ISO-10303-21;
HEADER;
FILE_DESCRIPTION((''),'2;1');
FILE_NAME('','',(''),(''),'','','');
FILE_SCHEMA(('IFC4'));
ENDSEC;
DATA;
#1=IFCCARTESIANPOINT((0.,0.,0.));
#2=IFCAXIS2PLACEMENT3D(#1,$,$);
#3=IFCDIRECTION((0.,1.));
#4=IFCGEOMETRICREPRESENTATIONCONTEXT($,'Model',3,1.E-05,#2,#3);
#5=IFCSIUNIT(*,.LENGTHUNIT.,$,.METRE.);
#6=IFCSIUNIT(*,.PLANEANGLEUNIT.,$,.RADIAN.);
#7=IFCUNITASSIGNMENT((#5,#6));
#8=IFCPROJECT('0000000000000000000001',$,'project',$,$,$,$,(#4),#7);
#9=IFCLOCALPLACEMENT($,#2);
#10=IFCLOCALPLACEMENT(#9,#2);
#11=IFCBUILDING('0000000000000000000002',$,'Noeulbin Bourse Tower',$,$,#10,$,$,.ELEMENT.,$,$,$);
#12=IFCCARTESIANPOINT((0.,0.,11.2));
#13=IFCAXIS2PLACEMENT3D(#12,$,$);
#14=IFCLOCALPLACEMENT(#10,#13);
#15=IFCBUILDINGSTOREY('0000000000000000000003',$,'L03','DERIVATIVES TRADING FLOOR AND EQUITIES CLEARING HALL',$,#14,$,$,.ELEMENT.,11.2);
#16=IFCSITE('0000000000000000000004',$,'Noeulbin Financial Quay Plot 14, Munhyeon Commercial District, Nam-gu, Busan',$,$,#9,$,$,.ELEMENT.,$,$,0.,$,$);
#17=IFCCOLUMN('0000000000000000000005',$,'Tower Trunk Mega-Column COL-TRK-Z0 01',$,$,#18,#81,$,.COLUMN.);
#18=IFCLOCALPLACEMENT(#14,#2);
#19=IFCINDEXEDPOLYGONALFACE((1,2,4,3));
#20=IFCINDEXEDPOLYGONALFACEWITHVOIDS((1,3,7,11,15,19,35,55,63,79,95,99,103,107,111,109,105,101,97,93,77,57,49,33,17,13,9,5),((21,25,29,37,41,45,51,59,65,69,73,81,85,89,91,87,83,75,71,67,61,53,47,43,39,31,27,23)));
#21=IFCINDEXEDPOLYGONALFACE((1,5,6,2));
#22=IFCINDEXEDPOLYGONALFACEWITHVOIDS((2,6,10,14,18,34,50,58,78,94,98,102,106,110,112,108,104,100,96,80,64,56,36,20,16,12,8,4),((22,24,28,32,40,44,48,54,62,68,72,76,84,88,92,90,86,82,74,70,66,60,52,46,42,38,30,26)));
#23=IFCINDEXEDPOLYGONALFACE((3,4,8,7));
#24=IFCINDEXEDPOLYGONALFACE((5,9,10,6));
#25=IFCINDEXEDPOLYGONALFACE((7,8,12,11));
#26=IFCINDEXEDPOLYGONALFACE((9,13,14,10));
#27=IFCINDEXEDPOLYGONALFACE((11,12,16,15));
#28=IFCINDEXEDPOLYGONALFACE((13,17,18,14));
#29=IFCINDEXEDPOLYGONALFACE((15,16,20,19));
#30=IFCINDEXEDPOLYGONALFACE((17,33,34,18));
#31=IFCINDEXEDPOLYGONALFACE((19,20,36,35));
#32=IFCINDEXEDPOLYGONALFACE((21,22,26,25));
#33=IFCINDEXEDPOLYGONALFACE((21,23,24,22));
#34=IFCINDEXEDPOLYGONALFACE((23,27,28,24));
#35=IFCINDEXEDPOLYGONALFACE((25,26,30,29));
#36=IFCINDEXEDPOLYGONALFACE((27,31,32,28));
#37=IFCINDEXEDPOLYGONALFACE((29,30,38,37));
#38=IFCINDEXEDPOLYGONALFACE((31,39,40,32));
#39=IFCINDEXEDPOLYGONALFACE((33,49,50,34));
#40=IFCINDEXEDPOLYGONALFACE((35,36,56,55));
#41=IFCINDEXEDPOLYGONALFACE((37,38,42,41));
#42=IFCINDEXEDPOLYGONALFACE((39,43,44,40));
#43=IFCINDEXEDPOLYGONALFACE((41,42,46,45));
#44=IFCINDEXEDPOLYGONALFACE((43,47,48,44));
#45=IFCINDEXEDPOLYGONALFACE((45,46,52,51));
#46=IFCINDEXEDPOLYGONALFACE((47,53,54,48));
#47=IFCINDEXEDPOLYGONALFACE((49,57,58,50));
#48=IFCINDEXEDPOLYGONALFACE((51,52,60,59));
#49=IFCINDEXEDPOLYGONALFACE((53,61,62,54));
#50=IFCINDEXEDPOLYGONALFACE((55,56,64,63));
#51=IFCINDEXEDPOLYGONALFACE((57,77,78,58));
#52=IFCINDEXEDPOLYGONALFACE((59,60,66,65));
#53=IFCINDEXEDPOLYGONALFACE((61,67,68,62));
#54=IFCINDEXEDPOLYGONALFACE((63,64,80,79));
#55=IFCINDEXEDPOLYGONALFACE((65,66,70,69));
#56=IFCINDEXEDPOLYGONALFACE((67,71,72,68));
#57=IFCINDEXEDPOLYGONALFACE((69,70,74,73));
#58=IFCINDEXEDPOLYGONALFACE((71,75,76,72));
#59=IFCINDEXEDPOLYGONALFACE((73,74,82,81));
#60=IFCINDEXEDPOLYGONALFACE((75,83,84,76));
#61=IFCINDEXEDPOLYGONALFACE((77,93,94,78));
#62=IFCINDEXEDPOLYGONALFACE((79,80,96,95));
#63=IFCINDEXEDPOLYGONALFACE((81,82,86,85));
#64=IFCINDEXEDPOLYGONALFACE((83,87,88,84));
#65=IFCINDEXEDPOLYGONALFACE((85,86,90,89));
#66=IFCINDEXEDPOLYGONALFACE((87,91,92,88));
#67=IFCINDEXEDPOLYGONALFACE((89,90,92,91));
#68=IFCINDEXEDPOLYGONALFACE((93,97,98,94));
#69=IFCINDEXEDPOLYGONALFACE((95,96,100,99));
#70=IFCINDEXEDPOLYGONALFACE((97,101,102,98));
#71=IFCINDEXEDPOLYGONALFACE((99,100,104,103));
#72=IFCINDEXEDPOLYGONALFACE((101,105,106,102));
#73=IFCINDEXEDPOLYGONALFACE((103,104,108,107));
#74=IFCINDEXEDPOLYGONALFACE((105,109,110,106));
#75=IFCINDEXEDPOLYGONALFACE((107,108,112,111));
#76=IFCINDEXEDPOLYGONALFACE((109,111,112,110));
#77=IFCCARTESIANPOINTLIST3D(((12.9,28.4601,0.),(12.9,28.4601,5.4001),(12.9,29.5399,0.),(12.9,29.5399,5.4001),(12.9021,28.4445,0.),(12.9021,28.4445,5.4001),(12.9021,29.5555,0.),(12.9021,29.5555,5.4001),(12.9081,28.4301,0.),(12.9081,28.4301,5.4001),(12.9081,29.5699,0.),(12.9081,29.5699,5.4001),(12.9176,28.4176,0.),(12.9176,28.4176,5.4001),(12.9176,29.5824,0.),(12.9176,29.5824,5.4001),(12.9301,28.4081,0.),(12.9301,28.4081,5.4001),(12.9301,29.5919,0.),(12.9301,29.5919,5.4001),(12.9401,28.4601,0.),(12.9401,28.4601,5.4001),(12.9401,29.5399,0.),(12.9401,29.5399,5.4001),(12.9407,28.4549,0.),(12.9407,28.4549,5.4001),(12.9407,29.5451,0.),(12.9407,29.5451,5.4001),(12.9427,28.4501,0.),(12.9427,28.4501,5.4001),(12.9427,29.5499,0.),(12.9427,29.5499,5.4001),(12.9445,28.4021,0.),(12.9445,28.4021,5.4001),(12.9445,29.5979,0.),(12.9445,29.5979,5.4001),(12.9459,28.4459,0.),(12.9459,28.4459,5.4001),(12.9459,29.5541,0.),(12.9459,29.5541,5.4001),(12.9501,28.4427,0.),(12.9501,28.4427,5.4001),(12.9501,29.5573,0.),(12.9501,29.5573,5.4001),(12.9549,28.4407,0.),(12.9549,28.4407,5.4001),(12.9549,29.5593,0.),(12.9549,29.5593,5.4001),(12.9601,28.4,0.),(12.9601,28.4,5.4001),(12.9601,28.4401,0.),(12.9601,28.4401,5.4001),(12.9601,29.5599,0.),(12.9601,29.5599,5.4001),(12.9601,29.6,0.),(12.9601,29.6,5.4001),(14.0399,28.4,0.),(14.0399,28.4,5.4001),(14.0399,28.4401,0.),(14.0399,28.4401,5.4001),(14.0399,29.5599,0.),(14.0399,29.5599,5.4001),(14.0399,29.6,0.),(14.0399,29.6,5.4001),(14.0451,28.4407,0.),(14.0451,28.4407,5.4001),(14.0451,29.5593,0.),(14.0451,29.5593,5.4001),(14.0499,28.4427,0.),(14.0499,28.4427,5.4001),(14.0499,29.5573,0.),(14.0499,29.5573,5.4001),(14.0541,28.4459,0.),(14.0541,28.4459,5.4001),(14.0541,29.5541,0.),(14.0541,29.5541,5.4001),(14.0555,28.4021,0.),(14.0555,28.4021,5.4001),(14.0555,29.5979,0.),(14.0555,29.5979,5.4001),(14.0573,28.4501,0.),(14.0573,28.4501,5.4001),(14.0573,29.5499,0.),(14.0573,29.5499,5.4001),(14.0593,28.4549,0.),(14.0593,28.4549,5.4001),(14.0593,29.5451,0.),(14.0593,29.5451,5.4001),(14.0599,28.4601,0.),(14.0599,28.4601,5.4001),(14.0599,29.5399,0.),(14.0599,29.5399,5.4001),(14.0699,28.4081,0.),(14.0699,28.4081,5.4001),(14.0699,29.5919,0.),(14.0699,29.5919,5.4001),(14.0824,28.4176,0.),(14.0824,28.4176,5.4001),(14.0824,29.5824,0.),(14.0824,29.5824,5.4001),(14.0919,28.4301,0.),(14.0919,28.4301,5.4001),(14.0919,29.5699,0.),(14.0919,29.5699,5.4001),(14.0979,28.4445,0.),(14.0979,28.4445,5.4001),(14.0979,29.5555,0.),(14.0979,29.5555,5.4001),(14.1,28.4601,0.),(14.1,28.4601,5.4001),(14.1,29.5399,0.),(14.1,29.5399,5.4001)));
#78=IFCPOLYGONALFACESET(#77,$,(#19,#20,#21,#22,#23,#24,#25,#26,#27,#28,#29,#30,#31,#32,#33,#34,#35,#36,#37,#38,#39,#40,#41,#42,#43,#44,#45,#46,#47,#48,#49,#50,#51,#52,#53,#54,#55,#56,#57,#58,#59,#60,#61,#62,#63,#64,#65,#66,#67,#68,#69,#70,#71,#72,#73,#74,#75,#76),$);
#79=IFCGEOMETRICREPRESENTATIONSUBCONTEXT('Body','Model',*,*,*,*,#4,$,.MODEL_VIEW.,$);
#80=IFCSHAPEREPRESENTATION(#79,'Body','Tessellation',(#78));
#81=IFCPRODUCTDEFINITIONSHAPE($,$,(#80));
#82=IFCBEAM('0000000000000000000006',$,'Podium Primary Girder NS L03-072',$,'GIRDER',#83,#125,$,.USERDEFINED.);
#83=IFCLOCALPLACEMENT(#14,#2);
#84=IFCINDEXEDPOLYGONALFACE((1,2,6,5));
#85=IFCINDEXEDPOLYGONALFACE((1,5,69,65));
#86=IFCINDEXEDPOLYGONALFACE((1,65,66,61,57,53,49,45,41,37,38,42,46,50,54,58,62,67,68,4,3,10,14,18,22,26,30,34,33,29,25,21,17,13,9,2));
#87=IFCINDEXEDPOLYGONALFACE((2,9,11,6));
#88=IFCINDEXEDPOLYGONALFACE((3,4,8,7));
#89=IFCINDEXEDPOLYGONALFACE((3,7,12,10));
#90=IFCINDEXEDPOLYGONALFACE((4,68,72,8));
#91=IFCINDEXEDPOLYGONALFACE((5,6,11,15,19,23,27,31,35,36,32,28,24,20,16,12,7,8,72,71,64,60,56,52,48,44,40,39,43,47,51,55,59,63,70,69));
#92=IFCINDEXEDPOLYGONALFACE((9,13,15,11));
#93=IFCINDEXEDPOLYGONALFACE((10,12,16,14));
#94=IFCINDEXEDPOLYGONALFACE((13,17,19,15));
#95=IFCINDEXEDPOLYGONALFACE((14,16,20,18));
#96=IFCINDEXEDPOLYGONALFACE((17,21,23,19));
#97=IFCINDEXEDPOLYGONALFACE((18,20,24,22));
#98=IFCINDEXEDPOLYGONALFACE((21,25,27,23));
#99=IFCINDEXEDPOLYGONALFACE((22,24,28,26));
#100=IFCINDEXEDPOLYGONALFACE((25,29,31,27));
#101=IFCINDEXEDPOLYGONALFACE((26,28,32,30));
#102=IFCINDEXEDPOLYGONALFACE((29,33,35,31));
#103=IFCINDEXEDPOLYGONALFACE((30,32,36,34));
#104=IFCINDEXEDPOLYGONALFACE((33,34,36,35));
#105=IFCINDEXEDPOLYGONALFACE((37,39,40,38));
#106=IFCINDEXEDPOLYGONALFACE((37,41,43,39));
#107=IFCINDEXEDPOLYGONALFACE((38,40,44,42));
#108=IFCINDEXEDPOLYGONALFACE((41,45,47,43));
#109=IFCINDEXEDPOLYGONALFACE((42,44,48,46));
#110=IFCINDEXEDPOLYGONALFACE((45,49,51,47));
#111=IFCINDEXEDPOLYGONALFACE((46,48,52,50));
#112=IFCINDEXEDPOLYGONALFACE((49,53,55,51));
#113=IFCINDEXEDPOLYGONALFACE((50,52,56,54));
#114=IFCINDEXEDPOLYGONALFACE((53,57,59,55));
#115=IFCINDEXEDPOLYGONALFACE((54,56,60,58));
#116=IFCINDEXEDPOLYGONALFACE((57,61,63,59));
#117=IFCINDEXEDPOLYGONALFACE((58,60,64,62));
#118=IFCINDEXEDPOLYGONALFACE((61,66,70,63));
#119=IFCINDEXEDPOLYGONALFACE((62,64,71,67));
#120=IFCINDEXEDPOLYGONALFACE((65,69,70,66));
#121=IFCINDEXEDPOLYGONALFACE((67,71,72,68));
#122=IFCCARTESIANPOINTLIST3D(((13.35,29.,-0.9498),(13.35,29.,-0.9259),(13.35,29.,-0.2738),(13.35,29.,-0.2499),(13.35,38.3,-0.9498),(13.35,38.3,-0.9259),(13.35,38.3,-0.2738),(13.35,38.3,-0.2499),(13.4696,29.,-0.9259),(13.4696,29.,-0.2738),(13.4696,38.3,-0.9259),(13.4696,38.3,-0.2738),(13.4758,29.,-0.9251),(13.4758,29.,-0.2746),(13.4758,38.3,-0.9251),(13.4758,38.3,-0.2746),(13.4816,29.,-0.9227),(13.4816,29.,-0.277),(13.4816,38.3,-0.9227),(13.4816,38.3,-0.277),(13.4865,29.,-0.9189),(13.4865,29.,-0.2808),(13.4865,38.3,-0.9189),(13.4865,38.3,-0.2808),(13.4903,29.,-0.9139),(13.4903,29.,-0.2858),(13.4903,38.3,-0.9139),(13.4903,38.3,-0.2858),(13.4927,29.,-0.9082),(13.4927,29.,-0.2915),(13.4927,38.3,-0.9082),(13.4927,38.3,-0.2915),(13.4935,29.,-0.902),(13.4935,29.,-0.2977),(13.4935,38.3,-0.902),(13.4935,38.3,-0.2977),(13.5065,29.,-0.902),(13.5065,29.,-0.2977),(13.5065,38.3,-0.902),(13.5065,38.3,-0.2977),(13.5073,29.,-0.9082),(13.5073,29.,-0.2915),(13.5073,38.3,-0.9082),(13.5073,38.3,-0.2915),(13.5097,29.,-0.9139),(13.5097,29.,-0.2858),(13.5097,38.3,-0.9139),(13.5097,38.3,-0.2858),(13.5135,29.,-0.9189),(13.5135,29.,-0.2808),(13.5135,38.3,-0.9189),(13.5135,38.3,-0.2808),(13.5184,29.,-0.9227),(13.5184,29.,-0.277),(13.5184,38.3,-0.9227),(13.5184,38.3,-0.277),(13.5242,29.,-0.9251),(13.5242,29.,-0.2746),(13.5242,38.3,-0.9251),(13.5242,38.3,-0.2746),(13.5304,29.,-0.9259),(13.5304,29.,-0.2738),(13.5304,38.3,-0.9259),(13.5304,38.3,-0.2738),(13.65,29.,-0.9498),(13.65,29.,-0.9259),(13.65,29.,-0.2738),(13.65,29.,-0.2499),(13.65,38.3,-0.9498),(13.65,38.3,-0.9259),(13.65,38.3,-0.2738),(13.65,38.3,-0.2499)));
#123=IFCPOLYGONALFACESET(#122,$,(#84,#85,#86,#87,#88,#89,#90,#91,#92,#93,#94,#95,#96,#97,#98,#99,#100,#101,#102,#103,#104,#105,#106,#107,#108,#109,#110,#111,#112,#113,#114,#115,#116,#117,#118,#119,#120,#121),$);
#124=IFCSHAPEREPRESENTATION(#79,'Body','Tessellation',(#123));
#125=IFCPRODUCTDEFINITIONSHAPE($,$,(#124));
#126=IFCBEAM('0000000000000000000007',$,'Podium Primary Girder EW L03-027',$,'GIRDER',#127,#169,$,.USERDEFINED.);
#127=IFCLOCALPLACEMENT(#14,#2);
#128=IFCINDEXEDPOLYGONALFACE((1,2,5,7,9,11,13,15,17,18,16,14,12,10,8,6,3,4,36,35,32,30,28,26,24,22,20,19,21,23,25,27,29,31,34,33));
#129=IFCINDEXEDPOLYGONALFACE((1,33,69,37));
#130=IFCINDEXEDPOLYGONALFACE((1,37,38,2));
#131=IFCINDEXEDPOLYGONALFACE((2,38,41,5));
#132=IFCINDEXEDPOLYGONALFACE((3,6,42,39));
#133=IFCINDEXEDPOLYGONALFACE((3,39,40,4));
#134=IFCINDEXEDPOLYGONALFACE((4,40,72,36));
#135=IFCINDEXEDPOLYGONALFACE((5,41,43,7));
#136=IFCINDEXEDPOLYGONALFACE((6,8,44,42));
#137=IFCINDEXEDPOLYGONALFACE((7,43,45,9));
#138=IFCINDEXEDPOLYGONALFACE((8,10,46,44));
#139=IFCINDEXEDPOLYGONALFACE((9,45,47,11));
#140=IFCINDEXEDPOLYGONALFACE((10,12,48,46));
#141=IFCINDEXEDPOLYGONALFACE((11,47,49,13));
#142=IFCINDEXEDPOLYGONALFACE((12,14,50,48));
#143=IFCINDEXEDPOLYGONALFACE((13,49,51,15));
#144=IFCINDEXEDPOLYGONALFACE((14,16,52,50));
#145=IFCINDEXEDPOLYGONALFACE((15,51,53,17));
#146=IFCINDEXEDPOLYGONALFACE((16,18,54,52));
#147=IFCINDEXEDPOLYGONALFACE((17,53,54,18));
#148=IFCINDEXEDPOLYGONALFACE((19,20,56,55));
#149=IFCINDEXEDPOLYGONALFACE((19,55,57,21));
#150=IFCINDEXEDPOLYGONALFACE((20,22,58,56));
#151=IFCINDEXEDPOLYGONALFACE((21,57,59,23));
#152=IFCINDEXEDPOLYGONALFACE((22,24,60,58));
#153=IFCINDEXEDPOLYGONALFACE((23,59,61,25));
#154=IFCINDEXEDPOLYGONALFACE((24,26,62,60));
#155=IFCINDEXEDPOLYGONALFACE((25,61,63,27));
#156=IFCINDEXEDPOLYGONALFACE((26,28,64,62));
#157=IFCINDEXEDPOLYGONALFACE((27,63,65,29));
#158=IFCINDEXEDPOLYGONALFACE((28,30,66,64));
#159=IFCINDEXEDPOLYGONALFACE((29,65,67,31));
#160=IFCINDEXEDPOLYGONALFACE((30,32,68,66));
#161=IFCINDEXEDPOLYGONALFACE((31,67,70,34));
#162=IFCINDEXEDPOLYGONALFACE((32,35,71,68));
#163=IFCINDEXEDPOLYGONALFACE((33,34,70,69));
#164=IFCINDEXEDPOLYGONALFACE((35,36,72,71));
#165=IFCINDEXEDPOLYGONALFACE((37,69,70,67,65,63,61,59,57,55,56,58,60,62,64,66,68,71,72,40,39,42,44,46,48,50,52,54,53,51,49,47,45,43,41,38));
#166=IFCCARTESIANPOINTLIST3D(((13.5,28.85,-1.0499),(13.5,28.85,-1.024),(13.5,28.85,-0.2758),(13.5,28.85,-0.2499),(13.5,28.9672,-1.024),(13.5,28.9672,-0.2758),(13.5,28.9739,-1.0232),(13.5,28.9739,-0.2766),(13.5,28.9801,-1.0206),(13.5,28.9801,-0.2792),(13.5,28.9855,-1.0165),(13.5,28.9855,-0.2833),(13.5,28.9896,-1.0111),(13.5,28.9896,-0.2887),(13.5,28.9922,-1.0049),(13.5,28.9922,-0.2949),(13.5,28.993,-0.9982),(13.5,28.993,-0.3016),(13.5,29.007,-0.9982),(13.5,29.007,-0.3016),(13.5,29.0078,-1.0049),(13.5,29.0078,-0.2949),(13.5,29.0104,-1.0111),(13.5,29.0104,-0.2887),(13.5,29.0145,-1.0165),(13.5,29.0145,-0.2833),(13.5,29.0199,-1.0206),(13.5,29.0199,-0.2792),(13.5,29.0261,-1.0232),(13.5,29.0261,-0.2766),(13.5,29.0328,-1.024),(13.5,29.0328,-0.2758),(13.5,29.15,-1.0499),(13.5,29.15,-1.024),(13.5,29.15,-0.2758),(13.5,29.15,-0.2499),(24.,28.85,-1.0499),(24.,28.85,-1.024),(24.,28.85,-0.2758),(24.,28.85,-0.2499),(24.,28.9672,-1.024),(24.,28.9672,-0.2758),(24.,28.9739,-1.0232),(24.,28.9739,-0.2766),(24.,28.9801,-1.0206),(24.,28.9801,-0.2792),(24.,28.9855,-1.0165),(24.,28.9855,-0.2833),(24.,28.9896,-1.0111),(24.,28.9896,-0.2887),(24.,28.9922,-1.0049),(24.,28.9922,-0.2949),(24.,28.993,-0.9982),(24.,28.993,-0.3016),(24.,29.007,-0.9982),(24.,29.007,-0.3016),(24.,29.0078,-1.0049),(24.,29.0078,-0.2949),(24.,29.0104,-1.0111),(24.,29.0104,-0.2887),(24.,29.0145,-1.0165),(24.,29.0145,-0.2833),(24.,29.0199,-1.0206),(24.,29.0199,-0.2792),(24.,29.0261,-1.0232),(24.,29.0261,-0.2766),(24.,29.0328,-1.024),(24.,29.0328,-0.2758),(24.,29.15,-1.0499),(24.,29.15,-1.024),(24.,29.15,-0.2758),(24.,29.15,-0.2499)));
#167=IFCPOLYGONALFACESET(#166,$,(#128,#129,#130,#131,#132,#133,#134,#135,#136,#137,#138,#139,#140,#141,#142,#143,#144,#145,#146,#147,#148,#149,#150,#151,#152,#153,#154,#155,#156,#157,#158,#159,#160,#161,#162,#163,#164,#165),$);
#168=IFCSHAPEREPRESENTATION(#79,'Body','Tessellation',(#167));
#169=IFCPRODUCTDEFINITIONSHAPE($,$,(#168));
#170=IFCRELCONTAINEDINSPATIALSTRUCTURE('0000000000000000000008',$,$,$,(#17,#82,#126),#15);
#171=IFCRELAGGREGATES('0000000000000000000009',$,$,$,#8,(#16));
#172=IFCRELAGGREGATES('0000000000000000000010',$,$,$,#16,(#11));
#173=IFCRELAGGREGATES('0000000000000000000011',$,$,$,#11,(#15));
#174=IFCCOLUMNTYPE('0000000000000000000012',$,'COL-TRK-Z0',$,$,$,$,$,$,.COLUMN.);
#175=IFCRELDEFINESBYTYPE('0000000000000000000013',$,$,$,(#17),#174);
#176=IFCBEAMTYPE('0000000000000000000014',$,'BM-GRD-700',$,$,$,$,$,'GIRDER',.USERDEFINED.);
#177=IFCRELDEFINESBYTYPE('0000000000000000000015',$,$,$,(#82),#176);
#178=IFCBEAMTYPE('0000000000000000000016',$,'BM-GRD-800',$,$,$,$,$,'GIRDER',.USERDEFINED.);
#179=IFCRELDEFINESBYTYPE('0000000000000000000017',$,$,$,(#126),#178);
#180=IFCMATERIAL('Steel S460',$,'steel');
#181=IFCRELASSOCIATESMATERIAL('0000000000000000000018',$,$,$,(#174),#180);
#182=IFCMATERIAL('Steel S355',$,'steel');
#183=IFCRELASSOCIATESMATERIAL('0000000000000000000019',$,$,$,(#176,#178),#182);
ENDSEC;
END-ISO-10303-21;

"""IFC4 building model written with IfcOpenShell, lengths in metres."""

from ifc_helpers import new_model, si_unit, direction, frame, origin, origin_2d, place, context, subcontext, project, spatial, hollow_rectangle, i_section, extrude, material, material_profile, profile_set, type_object, element, save


model = new_model("IFC4")

# Units and contexts
model_context = context("Model", 3, precision=1e-05, world=origin(), true_north=direction((0.0, 1.0)))
body_context = subcontext(model_context, "Body", "Model", "MODEL_VIEW")
ifc_project = project(units=[si_unit("LENGTHUNIT", "METRE"), si_unit("PLANEANGLEUNIT", "RADIAN")], contexts=[model_context])

# Site, building, storey
site_placement = place(None, origin())
site = spatial("IfcSite", under=ifc_project, at=site_placement, Name="Noeulbin Financial Quay Plot 14, Munhyeon Commercial District, Nam-gu, Busan", CompositionType="ELEMENT", RefElevation=0.0)
building_placement = place(site_placement, origin())
building = spatial("IfcBuilding", under=site, at=building_placement, Name="Noeulbin Bourse Tower", CompositionType="ELEMENT")
storey_placement = place(building_placement, frame((0.0, 0.0, 11.2)))
storey = spatial("IfcBuildingStorey", under=building, at=storey_placement, Name="L03", Description="DERIVATIVES TRADING FLOOR AND EQUITIES CLEARING HALL", CompositionType="ELEMENT", Elevation=11.2)

# Column
ifc_material_1 = material(Name="Steel S460", Category="steel")
ifc_material_profile_1 = material_profile(ifc_material_1, hollow_rectangle(XDim=1.2, YDim=1.2, WallThickness=0.04, InnerFilletRadius=0.02, OuterFilletRadius=0.0601, at=origin_2d()), Name="BOX-1200x1200x40", Category="LoadBearing")
ifc_profile_set_1 = profile_set([ifc_material_profile_1], Name="Steel S460")
column_type = type_object("IfcColumnType", Name="COL-TRK-Z0", PredefinedType="COLUMN", material=ifc_profile_set_1)
column_placement = place(storey_placement, frame((13.5, 29.0, 0.0), z_axis=(0.0, 0.0, 1.0), x_axis=(1.0, 0.0, 0.0)))
element("IfcColumn", 1, at=column_placement, inside=storey, type_object=column_type, Name="Tower Trunk Mega-Column COL-TRK-Z0 01", PredefinedType="COLUMN", context=body_context, shape_type="SweptSolid", body=[
    extrude(hollow_rectangle(XDim=1.2, YDim=1.2, WallThickness=0.04, InnerFilletRadius=0.02, OuterFilletRadius=0.0601, at=origin_2d()), origin(), (0.0, 0.0, 1.0), 5.4001),
])

# Beams
ifc_material_2 = material(Name="Steel S355", Category="steel")
ifc_material_profile_2 = material_profile(ifc_material_2, i_section(OverallWidth=0.3, OverallDepth=0.7, WebThickness=0.0129, FlangeThickness=0.0239, FilletRadius=0.0239, at=origin_2d()), Name="H-700x300x13x24", Category="LoadBearing")
ifc_profile_set_2 = profile_set([ifc_material_profile_2], Name="Steel S355")
beam_type_1 = type_object("IfcBeamType", Name="BM-GRD-700", ElementType="GIRDER", PredefinedType="USERDEFINED", material=ifc_profile_set_2)
beam_1_placement = place(storey_placement, frame((13.5, 29.0, -0.5999), z_axis=(0.0, 1.0, 0.0), x_axis=(-1.0, 0.0, 0.0)))
element("IfcBeam", 2, at=beam_1_placement, inside=storey, type_object=beam_type_1, Name="Podium Primary Girder NS L03-072", ObjectType="GIRDER", PredefinedType="USERDEFINED", context=body_context, shape_type="SweptSolid", body=[
    extrude(i_section(OverallWidth=0.3, OverallDepth=0.7, WebThickness=0.0129, FlangeThickness=0.0239, FilletRadius=0.0239, at=origin_2d()), origin(), (0.0, 0.0, 1.0), 9.3),
])
ifc_material_profile_3 = material_profile(ifc_material_2, i_section(OverallWidth=0.3, OverallDepth=0.8, WebThickness=0.0139, FlangeThickness=0.0259, FilletRadius=0.0259, at=origin_2d()), Name="H-800x300x14x26", Category="LoadBearing")
ifc_profile_set_3 = profile_set([ifc_material_profile_3], Name="Steel S355")
beam_type_2 = type_object("IfcBeamType", Name="BM-GRD-800", ElementType="GIRDER", PredefinedType="USERDEFINED", material=ifc_profile_set_3)
beam_2_placement = place(storey_placement, frame((13.5, 29.0, -0.6499), z_axis=(1.0, 0.0, 0.0), x_axis=(0.0, 1.0, 0.0)))
element("IfcBeam", 3, at=beam_2_placement, inside=storey, type_object=beam_type_2, Name="Podium Primary Girder EW L03-027", ObjectType="GIRDER", PredefinedType="USERDEFINED", context=body_context, shape_type="SweptSolid", body=[
    extrude(i_section(OverallWidth=0.3, OverallDepth=0.8, WebThickness=0.0139, FlangeThickness=0.0259, FilletRadius=0.0259, at=origin_2d()), origin(), (0.0, 0.0, 1.0), 10.5),
])

save(model, "model.ifc")
